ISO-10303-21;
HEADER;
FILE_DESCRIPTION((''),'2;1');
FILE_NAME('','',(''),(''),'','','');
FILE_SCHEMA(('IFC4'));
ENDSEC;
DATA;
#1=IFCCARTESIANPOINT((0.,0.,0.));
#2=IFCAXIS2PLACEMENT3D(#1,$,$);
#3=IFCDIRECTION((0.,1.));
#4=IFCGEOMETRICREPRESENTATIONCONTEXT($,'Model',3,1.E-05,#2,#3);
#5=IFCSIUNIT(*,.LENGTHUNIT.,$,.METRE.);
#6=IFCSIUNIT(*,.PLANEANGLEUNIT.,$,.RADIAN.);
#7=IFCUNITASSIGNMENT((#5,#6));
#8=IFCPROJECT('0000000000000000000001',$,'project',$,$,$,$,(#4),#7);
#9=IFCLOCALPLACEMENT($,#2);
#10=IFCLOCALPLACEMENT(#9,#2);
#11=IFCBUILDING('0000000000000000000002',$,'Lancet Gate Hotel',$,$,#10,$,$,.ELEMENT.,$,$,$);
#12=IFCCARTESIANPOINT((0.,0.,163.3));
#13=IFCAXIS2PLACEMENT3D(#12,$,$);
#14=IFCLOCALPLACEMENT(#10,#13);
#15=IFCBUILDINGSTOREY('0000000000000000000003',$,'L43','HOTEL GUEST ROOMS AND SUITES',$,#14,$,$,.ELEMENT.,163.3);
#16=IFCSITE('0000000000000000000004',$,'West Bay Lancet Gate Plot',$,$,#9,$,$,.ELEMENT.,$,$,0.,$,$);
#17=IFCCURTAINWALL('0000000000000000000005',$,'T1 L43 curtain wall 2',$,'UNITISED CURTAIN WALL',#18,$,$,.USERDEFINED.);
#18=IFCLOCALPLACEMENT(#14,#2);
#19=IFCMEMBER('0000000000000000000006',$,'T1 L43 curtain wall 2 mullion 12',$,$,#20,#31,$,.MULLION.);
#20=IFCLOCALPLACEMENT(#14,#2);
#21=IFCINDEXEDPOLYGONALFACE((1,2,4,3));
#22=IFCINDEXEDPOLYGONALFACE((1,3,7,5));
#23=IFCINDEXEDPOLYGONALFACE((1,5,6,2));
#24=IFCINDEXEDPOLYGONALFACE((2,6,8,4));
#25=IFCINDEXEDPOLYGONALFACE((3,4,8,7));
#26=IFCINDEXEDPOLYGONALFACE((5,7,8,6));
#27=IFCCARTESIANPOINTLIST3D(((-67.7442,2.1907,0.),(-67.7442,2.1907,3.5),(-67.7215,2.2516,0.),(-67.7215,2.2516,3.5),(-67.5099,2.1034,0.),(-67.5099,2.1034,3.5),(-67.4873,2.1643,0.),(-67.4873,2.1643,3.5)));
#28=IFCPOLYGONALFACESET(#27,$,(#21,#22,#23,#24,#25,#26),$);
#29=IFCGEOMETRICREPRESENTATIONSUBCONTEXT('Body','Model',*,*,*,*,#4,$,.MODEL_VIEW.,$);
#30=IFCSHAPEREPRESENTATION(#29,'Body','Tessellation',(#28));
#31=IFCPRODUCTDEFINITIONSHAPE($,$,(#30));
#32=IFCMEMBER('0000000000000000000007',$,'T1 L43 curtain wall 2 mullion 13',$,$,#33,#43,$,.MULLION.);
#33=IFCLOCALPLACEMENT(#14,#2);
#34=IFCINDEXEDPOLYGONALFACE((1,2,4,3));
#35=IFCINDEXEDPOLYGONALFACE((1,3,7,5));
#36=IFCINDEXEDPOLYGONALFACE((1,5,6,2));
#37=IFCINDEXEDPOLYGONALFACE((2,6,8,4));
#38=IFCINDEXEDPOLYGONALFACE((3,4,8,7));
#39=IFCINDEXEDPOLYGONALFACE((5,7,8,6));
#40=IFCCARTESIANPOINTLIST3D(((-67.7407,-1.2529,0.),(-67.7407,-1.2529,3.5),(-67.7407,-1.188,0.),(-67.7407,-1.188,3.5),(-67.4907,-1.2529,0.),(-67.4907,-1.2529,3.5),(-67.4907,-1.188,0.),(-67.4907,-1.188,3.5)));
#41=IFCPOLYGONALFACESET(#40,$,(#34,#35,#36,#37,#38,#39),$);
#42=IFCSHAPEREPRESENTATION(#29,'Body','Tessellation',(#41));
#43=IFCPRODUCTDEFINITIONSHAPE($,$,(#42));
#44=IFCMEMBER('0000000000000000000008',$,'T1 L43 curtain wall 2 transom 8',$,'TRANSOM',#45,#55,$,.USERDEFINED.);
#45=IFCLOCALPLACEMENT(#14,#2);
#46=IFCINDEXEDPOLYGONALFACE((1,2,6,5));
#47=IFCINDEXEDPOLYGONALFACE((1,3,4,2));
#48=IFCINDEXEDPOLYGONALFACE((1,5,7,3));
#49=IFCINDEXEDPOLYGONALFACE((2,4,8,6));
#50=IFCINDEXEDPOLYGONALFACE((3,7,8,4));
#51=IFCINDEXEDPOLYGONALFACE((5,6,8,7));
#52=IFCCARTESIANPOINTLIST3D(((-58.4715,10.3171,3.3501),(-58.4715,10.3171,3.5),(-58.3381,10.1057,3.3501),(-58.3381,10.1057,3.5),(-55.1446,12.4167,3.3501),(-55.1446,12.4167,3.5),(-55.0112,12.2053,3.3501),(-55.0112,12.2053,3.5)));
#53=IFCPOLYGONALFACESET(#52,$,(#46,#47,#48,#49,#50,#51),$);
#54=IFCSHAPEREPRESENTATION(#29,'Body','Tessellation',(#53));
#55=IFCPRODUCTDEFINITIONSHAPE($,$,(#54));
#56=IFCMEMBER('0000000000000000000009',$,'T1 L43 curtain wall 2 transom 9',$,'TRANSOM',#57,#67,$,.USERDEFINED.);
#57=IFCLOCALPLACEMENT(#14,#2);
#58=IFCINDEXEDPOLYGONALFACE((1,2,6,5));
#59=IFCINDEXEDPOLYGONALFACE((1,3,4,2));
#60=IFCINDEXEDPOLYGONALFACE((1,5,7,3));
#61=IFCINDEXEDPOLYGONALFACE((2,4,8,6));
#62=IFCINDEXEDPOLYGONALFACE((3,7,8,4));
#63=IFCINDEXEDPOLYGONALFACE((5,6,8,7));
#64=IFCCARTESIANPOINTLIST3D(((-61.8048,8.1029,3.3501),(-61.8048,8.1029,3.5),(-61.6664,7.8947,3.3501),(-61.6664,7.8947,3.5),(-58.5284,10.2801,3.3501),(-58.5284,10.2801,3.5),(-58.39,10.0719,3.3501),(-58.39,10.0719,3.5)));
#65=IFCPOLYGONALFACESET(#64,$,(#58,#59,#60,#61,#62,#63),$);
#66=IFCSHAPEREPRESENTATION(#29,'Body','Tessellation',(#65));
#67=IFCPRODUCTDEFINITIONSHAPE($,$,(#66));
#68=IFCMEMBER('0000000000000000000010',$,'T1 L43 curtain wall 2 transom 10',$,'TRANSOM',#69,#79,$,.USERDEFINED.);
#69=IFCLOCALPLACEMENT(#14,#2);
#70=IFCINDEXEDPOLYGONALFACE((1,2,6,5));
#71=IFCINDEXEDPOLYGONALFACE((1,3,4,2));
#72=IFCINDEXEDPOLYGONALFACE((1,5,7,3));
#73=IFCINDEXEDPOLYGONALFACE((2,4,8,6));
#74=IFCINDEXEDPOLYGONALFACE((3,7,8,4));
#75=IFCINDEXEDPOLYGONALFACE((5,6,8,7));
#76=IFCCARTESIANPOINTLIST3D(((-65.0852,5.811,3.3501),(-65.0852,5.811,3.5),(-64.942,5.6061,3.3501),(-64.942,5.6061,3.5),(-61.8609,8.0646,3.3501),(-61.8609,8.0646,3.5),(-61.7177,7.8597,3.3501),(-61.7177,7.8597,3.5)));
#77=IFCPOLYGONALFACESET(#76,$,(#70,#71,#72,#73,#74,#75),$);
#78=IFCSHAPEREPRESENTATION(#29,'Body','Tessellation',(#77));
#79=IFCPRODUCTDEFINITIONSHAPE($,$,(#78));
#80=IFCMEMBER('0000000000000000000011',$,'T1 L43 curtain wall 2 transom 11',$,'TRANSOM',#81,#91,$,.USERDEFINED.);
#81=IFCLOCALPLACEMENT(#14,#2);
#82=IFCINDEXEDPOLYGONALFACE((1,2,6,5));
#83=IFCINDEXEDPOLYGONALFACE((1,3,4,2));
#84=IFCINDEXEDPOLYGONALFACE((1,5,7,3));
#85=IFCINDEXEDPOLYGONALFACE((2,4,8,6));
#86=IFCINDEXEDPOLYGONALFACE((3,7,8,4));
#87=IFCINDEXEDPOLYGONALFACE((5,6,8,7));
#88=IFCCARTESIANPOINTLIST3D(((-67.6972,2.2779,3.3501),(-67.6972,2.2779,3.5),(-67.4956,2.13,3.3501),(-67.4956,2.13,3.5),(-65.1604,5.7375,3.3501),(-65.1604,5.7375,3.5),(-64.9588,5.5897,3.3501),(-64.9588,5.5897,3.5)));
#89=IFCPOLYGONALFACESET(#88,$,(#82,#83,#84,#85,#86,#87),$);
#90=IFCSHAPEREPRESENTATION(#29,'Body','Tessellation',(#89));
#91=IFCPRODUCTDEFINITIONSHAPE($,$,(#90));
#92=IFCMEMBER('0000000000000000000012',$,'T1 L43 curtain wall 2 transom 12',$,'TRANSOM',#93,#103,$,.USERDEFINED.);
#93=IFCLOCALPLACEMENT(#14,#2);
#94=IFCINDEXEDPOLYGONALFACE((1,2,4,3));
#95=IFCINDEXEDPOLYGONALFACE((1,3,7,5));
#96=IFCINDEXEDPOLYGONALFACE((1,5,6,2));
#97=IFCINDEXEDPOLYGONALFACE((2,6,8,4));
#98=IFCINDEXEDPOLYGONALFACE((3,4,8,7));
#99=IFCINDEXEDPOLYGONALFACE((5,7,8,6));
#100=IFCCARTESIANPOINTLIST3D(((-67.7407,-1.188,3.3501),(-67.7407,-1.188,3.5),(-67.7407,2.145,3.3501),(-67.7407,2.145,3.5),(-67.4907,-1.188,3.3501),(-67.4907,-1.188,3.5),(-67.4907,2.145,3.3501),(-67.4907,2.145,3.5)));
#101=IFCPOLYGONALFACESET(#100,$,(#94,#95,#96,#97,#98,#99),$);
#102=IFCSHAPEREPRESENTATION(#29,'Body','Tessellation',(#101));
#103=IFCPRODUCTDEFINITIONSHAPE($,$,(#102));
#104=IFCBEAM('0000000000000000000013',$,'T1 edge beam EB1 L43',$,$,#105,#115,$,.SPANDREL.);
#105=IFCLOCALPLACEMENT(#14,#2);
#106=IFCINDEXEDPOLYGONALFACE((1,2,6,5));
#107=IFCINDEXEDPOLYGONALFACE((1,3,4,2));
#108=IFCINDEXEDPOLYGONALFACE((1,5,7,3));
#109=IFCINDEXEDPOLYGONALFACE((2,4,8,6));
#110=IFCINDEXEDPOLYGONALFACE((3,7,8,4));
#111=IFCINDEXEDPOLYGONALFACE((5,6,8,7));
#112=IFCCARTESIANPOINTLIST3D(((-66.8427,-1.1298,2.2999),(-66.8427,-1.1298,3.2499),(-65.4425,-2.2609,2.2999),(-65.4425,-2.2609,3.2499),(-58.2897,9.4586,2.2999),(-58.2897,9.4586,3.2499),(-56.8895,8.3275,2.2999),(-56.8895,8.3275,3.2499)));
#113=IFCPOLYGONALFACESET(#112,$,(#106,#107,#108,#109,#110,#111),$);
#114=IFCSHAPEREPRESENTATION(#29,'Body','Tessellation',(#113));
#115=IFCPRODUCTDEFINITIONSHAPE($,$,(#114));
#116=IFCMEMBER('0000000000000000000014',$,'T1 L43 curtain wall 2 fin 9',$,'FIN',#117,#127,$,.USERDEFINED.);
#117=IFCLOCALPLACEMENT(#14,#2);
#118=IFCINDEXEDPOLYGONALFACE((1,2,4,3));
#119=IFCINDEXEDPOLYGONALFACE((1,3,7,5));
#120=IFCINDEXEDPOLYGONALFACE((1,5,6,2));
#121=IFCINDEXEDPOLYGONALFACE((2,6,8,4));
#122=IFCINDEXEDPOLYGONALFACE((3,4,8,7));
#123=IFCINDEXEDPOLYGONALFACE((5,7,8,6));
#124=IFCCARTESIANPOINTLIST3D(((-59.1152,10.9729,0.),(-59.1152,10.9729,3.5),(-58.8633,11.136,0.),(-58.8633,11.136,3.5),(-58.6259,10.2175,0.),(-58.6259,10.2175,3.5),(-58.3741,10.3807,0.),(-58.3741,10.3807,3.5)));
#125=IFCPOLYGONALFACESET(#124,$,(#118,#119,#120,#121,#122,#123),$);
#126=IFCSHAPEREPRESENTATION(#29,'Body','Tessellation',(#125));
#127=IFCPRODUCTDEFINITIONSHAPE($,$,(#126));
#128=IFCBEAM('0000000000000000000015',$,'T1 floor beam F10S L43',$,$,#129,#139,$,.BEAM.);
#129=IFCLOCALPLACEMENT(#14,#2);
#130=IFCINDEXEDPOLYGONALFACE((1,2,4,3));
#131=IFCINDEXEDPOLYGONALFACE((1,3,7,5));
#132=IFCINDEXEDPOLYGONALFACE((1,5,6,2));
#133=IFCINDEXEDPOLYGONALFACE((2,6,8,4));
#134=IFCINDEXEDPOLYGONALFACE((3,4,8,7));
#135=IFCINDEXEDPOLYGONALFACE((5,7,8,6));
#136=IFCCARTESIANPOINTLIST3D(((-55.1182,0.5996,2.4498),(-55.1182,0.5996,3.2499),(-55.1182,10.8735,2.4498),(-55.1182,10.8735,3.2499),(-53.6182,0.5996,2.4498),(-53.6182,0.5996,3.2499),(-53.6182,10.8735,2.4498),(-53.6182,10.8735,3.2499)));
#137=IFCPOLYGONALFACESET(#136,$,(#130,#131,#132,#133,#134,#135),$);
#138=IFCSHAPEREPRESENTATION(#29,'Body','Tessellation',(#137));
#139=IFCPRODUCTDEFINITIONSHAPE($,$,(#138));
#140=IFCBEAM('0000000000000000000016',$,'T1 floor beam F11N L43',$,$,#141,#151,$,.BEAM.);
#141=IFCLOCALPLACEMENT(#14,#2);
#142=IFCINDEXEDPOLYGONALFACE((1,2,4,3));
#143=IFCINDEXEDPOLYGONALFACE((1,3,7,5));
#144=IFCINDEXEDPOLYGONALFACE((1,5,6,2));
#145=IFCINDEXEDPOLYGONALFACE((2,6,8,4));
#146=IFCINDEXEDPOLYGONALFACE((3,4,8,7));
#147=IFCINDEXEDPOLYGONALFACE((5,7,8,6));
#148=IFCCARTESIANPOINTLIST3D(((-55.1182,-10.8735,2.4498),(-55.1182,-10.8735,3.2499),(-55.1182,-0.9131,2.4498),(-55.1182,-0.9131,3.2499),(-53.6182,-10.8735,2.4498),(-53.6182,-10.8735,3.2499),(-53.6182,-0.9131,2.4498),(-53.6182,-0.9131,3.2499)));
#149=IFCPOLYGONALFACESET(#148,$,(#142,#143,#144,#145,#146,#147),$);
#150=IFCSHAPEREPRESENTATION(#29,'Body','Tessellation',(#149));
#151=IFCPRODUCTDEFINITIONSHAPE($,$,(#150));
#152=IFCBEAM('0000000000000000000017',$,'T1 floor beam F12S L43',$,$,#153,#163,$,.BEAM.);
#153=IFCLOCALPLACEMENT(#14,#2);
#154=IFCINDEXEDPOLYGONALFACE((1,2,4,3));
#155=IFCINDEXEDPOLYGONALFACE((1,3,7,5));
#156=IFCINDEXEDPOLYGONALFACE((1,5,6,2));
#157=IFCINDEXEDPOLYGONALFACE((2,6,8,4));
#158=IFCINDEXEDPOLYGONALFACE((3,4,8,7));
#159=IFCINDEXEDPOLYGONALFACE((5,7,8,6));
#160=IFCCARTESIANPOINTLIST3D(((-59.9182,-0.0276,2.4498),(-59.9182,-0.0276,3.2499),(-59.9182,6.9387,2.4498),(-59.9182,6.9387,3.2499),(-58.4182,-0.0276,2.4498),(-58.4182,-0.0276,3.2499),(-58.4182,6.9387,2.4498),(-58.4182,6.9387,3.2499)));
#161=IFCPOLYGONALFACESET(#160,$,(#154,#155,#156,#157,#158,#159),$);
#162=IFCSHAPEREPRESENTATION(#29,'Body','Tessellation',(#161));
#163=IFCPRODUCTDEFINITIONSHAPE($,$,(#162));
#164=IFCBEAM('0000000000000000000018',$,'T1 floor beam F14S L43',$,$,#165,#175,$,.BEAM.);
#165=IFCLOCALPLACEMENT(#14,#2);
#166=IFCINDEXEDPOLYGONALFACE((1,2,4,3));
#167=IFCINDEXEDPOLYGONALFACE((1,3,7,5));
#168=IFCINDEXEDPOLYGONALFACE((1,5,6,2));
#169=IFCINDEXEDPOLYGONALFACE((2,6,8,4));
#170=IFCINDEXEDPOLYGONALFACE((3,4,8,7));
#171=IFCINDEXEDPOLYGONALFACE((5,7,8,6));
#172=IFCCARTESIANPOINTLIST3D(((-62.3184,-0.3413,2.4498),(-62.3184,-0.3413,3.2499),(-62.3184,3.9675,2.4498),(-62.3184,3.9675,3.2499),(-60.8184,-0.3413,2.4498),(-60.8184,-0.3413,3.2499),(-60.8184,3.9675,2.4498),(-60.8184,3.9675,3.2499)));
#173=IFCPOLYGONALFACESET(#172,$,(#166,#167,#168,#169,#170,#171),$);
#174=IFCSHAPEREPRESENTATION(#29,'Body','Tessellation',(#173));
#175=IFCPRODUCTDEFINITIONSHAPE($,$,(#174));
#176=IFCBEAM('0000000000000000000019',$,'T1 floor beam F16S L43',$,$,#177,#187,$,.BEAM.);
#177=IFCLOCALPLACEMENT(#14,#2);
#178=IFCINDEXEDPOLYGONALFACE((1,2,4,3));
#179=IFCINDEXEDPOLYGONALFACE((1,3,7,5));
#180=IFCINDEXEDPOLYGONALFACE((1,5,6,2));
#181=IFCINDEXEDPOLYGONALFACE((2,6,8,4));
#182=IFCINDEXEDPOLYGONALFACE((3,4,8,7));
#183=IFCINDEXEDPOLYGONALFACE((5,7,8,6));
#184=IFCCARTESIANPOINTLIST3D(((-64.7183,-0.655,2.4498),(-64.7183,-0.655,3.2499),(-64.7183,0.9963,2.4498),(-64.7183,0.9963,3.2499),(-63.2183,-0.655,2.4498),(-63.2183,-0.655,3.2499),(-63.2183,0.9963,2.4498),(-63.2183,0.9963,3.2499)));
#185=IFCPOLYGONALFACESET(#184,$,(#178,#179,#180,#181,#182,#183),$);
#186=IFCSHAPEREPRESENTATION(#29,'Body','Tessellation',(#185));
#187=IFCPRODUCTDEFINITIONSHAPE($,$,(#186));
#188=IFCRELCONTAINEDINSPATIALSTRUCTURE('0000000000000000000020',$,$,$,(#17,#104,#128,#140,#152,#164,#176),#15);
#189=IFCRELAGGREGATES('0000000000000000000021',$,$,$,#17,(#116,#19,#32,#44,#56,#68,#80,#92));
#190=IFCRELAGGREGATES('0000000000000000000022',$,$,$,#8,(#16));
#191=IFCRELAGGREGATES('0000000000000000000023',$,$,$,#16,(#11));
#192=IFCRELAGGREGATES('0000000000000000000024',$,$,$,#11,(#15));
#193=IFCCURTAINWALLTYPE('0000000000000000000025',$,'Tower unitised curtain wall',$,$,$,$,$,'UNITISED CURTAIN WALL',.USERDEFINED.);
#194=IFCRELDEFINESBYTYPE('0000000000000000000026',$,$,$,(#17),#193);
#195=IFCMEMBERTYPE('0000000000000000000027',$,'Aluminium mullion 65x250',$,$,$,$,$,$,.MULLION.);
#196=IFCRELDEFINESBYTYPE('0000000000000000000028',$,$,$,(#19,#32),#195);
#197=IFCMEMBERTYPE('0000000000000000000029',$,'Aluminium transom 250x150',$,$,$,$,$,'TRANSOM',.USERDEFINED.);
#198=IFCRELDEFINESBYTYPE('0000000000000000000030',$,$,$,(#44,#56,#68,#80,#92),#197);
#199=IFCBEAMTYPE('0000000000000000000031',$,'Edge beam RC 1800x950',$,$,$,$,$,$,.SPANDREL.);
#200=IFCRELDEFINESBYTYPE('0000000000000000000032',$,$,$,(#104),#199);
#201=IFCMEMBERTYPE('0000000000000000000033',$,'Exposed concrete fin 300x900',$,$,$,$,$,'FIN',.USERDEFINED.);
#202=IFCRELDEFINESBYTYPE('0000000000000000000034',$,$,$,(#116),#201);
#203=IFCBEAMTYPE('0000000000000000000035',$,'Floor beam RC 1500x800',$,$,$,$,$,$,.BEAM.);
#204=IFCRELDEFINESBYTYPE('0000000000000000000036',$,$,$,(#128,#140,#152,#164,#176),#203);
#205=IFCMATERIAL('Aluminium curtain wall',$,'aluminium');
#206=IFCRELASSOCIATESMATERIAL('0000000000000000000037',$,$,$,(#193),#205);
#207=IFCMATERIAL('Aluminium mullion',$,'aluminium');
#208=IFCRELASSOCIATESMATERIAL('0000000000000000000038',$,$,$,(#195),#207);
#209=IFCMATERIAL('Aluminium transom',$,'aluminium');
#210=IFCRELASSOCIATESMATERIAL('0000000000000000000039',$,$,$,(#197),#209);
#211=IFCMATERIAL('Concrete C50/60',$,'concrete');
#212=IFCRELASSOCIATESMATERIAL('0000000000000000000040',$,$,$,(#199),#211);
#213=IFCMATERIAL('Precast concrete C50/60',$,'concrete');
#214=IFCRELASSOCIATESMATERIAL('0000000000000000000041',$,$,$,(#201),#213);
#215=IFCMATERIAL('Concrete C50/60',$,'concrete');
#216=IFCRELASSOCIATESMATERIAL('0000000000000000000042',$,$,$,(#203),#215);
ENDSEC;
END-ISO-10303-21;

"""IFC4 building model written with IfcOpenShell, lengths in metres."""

from ifc_helpers import new_model, si_unit, direction, frame, origin, origin_2d, place, context, subcontext, project, spatial, rectangle, extrude, material, material_profile, profile_set, type_object, element, aggregate, save


model = new_model("IFC4")

# Units and contexts
model_context = context("Model", 3, precision=1e-05, world=origin(), true_north=direction((0.0, 1.0)))
body_context = subcontext(model_context, "Body", "Model", "MODEL_VIEW")
ifc_project = project(units=[si_unit("LENGTHUNIT", "METRE"), si_unit("PLANEANGLEUNIT", "RADIAN")], contexts=[model_context])

# Site, building, storey
site_placement = place(None, origin())
site = spatial("IfcSite", under=ifc_project, at=site_placement, Name="West Bay Lancet Gate Plot", CompositionType="ELEMENT", RefElevation=0.0)
building_placement = place(site_placement, origin())
building = spatial("IfcBuilding", under=site, at=building_placement, Name="Lancet Gate Hotel", CompositionType="ELEMENT")
storey_placement = place(building_placement, frame((0.0, 0.0, 163.3)))
storey = spatial("IfcBuildingStorey", under=building, at=storey_placement, Name="L43", Description="HOTEL GUEST ROOMS AND SUITES", CompositionType="ELEMENT", Elevation=163.3)

# Curtain wall, members
ifc_material_1 = material(Name="Aluminium curtain wall", Category="aluminium")
curtain_wall_type = type_object("IfcCurtainWallType", Name="Tower unitised curtain wall", ElementType="UNITISED CURTAIN WALL", PredefinedType="USERDEFINED", material=ifc_material_1)
curtain_wall_placement = place(storey_placement, origin())
curtain_wall = element("IfcCurtainWall", 1, at=curtain_wall_placement, inside=storey, type_object=curtain_wall_type, Name="T1 L43 curtain wall 2", ObjectType="UNITISED CURTAIN WALL", PredefinedType="USERDEFINED")
ifc_material_2 = material(Name="Aluminium mullion", Category="aluminium")
ifc_material_profile_1 = material_profile(ifc_material_2, rectangle(XDim=0.0649, YDim=0.25, at=origin_2d()), Name="MULLION 65x250")
ifc_profile_set_1 = profile_set([ifc_material_profile_1], Name="Aluminium mullion")
member_type_1 = type_object("IfcMemberType", Name="Aluminium mullion 65x250", PredefinedType="MULLION", material=ifc_profile_set_1)
member_1_placement = place(storey_placement, frame((-67.6157, 2.1775, 0.0), z_axis=(0.0, 0.0, 1.0), x_axis=(-0.349199, -0.937048, 0.0)))
member_1 = element("IfcMember", 2, at=member_1_placement, type_object=member_type_1, Name="T1 L43 curtain wall 2 mullion 12", PredefinedType="MULLION", context=body_context, shape_type="SweptSolid", body=[
    extrude(rectangle(XDim=0.0649, YDim=0.25, at=origin_2d()), origin(), (0.0, 0.0, 1.0), 3.5),
])
member_2_placement = place(storey_placement, frame((-67.6157, -1.2205, 0.0), z_axis=(0.0, 0.0, 1.0), x_axis=(0.0, -1.0, 0.0)))
member_2 = element("IfcMember", 3, at=member_2_placement, type_object=member_type_1, Name="T1 L43 curtain wall 2 mullion 13", PredefinedType="MULLION", context=body_context, shape_type="SweptSolid", body=[
    extrude(rectangle(XDim=0.0649, YDim=0.25, at=origin_2d()), origin(), (0.0, 0.0, 1.0), 3.5),
])
ifc_material_3 = material(Name="Aluminium transom", Category="aluminium")
ifc_material_profile_2 = material_profile(ifc_material_3, rectangle(XDim=0.25, YDim=0.1499, at=origin_2d()), Name="TRANSOM 250x150")
ifc_profile_set_2 = profile_set([ifc_material_profile_2], Name="Aluminium transom")
member_type_2 = type_object("IfcMemberType", Name="Aluminium transom 250x150", ElementType="TRANSOM", PredefinedType="USERDEFINED", material=ifc_profile_set_2)
member_3_placement = place(storey_placement, frame((-55.0779, 12.311, 3.425), z_axis=(-0.845672, -0.533703, 0.0), x_axis=(0.533703, -0.845672, 0.0)))
member_3 = element("IfcMember", 4, at=member_3_placement, type_object=member_type_2, Name="T1 L43 curtain wall 2 transom 8", ObjectType="TRANSOM", PredefinedType="USERDEFINED", context=body_context, shape_type="SweptSolid", body=[
    extrude(rectangle(XDim=0.25, YDim=0.1499, at=origin_2d()), origin(), (0.0, 0.0, 1.0), 3.9341),
])
member_4_placement = place(storey_placement, frame((-58.4592, 10.176, 3.425), z_axis=(-0.832871, -0.553468, 0.0), x_axis=(0.553468, -0.832871, 0.0)))
member_4 = element("IfcMember", 5, at=member_4_placement, type_object=member_type_2, Name="T1 L43 curtain wall 2 transom 9", ObjectType="TRANSOM", PredefinedType="USERDEFINED", context=body_context, shape_type="SweptSolid", body=[
    extrude(rectangle(XDim=0.25, YDim=0.1499, at=origin_2d()), origin(), (0.0, 0.0, 1.0), 3.9338),
])
member_5_placement = place(storey_placement, frame((-61.7893, 7.9622, 3.425), z_axis=(-0.819637, -0.572883, 0.0), x_axis=(0.572883, -0.819637, 0.0)))
member_5 = element("IfcMember", 6, at=member_5_placement, type_object=member_type_2, Name="T1 L43 curtain wall 2 transom 10", ObjectType="TRANSOM", PredefinedType="USERDEFINED", context=body_context, shape_type="SweptSolid", body=[
    extrude(rectangle(XDim=0.25, YDim=0.1499, at=origin_2d()), origin(), (0.0, 0.0, 1.0), 3.9338),
])
member_6_placement = place(storey_placement, frame((-65.0596, 5.6636, 3.425), z_axis=(-0.591324, -0.806434, 0.0), x_axis=(0.806434, -0.591324, 0.0)))
member_6 = element("IfcMember", 7, at=member_6_placement, type_object=member_type_2, Name="T1 L43 curtain wall 2 transom 11", ObjectType="TRANSOM", PredefinedType="USERDEFINED", context=body_context, shape_type="SweptSolid", body=[
    extrude(rectangle(XDim=0.25, YDim=0.1499, at=origin_2d()), origin(), (0.0, 0.0, 1.0), 4.29),
])
member_7_placement = place(storey_placement, frame((-67.6157, 2.145, 3.425), z_axis=(0.0, -1.0, 0.0), x_axis=(1.0, 0.0, 0.0)))
member_7 = element("IfcMember", 8, at=member_7_placement, type_object=member_type_2, Name="T1 L43 curtain wall 2 transom 12", ObjectType="TRANSOM", PredefinedType="USERDEFINED", context=body_context, shape_type="SweptSolid", body=[
    extrude(rectangle(XDim=0.25, YDim=0.1499, at=origin_2d()), origin(), (0.0, 0.0, 1.0), 3.333),
])

# Beam
ifc_material_4 = material(Name="Concrete C50/60", Category="concrete")
ifc_material_profile_3 = material_profile(ifc_material_4, rectangle(XDim=1.8, YDim=0.95, at=origin_2d()), Name="RC 1800x950")
ifc_profile_set_3 = profile_set([ifc_material_profile_3], Name="Concrete C50/60")
beam_type_1 = type_object("IfcBeamType", Name="Edge beam RC 1800x950", PredefinedType="SPANDREL", material=ifc_profile_set_3)
beam_1_placement = place(storey_placement, frame((-57.5896, 8.8931, 2.7749), z_axis=(-0.628374, -0.777912, 0.0), x_axis=(0.777912, -0.628374, 0.0)))
element("IfcBeam", 9, at=beam_1_placement, inside=storey, type_object=beam_type_1, Name="T1 edge beam EB1 L43", PredefinedType="SPANDREL", context=body_context, shape_type="SweptSolid", body=[
    extrude(rectangle(XDim=1.8, YDim=0.95, at=origin_2d()), origin(), (0.0, 0.0, 1.0), 13.6113),
])

# Member
ifc_material_5 = material(Name="Precast concrete C50/60", Category="concrete")
ifc_material_profile_4 = material_profile(ifc_material_5, rectangle(XDim=0.3, YDim=0.8999, at=origin_2d()), Name="FIN 300x900")
ifc_profile_set_4 = profile_set([ifc_material_profile_4], Name="Precast concrete C50/60")
member_type_3 = type_object("IfcMemberType", Name="Exposed concrete fin 300x900", ElementType="FIN", PredefinedType="USERDEFINED", material=ifc_profile_set_4)
member_8_placement = place(storey_placement, frame((-58.7446, 10.6768, 0.0), z_axis=(0.0, 0.0, 1.0), x_axis=(-0.839331, -0.543621, 0.0)))
member_8 = element("IfcMember", 10, at=member_8_placement, type_object=member_type_3, Name="T1 L43 curtain wall 2 fin 9", ObjectType="FIN", PredefinedType="USERDEFINED", context=body_context, shape_type="SweptSolid", body=[
    extrude(rectangle(XDim=0.3, YDim=0.8999, at=origin_2d()), origin(), (0.0, 0.0, 1.0), 3.5),
])

# Beams
ifc_material_6 = material(Name="Concrete C50/60", Category="concrete")
ifc_material_profile_5 = material_profile(ifc_material_6, rectangle(XDim=1.5, YDim=0.8, at=origin_2d()), Name="RC 1500x800")
ifc_profile_set_5 = profile_set([ifc_material_profile_5], Name="Concrete C50/60")
beam_type_2 = type_object("IfcBeamType", Name="Floor beam RC 1500x800", PredefinedType="BEAM", material=ifc_profile_set_5)
beam_2_placement = place(storey_placement, frame((-54.3682, 10.8735, 2.8499), z_axis=(0.0, -1.0, 0.0), x_axis=(1.0, 0.0, 0.0)))
element("IfcBeam", 11, at=beam_2_placement, inside=storey, type_object=beam_type_2, Name="T1 floor beam F10S L43", PredefinedType="BEAM", context=body_context, shape_type="SweptSolid", body=[
    extrude(rectangle(XDim=1.5, YDim=0.8, at=origin_2d()), origin(), (0.0, 0.0, 1.0), 10.2739),
])
beam_3_placement = place(storey_placement, frame((-54.3682, -0.9131, 2.8499), z_axis=(0.0, -1.0, 0.0), x_axis=(1.0, 0.0, 0.0)))
element("IfcBeam", 12, at=beam_3_placement, inside=storey, type_object=beam_type_2, Name="T1 floor beam F11N L43", PredefinedType="BEAM", context=body_context, shape_type="SweptSolid", body=[
    extrude(rectangle(XDim=1.5, YDim=0.8, at=origin_2d()), origin(), (0.0, 0.0, 1.0), 9.9604),
])
beam_4_placement = place(storey_placement, frame((-59.1682, 6.9387, 2.8499), z_axis=(0.0, -1.0, 0.0), x_axis=(1.0, 0.0, 0.0)))
element("IfcBeam", 13, at=beam_4_placement, inside=storey, type_object=beam_type_2, Name="T1 floor beam F12S L43", PredefinedType="BEAM", context=body_context, shape_type="SweptSolid", body=[
    extrude(rectangle(XDim=1.5, YDim=0.8, at=origin_2d()), origin(), (0.0, 0.0, 1.0), 6.9663),
])
beam_5_placement = place(storey_placement, frame((-61.5684, 3.9675, 2.8499), z_axis=(0.0, -1.0, 0.0), x_axis=(1.0, 0.0, 0.0)))
element("IfcBeam", 14, at=beam_5_placement, inside=storey, type_object=beam_type_2, Name="T1 floor beam F14S L43", PredefinedType="BEAM", context=body_context, shape_type="SweptSolid", body=[
    extrude(rectangle(XDim=1.5, YDim=0.8, at=origin_2d()), origin(), (0.0, 0.0, 1.0), 4.3088),
])
beam_6_placement = place(storey_placement, frame((-63.9683, 0.9963, 2.8499), z_axis=(0.0, -1.0, 0.0), x_axis=(1.0, 0.0, 0.0)))
element("IfcBeam", 15, at=beam_6_placement, inside=storey, type_object=beam_type_2, Name="T1 floor beam F16S L43", PredefinedType="BEAM", context=body_context, shape_type="SweptSolid", body=[
    extrude(rectangle(XDim=1.5, YDim=0.8, at=origin_2d()), origin(), (0.0, 0.0, 1.0), 1.6514),
])

aggregate(curtain_wall, [member_8, member_1, member_2, member_3, member_4, member_5, member_6, member_7])

save(model, "model.ifc")
